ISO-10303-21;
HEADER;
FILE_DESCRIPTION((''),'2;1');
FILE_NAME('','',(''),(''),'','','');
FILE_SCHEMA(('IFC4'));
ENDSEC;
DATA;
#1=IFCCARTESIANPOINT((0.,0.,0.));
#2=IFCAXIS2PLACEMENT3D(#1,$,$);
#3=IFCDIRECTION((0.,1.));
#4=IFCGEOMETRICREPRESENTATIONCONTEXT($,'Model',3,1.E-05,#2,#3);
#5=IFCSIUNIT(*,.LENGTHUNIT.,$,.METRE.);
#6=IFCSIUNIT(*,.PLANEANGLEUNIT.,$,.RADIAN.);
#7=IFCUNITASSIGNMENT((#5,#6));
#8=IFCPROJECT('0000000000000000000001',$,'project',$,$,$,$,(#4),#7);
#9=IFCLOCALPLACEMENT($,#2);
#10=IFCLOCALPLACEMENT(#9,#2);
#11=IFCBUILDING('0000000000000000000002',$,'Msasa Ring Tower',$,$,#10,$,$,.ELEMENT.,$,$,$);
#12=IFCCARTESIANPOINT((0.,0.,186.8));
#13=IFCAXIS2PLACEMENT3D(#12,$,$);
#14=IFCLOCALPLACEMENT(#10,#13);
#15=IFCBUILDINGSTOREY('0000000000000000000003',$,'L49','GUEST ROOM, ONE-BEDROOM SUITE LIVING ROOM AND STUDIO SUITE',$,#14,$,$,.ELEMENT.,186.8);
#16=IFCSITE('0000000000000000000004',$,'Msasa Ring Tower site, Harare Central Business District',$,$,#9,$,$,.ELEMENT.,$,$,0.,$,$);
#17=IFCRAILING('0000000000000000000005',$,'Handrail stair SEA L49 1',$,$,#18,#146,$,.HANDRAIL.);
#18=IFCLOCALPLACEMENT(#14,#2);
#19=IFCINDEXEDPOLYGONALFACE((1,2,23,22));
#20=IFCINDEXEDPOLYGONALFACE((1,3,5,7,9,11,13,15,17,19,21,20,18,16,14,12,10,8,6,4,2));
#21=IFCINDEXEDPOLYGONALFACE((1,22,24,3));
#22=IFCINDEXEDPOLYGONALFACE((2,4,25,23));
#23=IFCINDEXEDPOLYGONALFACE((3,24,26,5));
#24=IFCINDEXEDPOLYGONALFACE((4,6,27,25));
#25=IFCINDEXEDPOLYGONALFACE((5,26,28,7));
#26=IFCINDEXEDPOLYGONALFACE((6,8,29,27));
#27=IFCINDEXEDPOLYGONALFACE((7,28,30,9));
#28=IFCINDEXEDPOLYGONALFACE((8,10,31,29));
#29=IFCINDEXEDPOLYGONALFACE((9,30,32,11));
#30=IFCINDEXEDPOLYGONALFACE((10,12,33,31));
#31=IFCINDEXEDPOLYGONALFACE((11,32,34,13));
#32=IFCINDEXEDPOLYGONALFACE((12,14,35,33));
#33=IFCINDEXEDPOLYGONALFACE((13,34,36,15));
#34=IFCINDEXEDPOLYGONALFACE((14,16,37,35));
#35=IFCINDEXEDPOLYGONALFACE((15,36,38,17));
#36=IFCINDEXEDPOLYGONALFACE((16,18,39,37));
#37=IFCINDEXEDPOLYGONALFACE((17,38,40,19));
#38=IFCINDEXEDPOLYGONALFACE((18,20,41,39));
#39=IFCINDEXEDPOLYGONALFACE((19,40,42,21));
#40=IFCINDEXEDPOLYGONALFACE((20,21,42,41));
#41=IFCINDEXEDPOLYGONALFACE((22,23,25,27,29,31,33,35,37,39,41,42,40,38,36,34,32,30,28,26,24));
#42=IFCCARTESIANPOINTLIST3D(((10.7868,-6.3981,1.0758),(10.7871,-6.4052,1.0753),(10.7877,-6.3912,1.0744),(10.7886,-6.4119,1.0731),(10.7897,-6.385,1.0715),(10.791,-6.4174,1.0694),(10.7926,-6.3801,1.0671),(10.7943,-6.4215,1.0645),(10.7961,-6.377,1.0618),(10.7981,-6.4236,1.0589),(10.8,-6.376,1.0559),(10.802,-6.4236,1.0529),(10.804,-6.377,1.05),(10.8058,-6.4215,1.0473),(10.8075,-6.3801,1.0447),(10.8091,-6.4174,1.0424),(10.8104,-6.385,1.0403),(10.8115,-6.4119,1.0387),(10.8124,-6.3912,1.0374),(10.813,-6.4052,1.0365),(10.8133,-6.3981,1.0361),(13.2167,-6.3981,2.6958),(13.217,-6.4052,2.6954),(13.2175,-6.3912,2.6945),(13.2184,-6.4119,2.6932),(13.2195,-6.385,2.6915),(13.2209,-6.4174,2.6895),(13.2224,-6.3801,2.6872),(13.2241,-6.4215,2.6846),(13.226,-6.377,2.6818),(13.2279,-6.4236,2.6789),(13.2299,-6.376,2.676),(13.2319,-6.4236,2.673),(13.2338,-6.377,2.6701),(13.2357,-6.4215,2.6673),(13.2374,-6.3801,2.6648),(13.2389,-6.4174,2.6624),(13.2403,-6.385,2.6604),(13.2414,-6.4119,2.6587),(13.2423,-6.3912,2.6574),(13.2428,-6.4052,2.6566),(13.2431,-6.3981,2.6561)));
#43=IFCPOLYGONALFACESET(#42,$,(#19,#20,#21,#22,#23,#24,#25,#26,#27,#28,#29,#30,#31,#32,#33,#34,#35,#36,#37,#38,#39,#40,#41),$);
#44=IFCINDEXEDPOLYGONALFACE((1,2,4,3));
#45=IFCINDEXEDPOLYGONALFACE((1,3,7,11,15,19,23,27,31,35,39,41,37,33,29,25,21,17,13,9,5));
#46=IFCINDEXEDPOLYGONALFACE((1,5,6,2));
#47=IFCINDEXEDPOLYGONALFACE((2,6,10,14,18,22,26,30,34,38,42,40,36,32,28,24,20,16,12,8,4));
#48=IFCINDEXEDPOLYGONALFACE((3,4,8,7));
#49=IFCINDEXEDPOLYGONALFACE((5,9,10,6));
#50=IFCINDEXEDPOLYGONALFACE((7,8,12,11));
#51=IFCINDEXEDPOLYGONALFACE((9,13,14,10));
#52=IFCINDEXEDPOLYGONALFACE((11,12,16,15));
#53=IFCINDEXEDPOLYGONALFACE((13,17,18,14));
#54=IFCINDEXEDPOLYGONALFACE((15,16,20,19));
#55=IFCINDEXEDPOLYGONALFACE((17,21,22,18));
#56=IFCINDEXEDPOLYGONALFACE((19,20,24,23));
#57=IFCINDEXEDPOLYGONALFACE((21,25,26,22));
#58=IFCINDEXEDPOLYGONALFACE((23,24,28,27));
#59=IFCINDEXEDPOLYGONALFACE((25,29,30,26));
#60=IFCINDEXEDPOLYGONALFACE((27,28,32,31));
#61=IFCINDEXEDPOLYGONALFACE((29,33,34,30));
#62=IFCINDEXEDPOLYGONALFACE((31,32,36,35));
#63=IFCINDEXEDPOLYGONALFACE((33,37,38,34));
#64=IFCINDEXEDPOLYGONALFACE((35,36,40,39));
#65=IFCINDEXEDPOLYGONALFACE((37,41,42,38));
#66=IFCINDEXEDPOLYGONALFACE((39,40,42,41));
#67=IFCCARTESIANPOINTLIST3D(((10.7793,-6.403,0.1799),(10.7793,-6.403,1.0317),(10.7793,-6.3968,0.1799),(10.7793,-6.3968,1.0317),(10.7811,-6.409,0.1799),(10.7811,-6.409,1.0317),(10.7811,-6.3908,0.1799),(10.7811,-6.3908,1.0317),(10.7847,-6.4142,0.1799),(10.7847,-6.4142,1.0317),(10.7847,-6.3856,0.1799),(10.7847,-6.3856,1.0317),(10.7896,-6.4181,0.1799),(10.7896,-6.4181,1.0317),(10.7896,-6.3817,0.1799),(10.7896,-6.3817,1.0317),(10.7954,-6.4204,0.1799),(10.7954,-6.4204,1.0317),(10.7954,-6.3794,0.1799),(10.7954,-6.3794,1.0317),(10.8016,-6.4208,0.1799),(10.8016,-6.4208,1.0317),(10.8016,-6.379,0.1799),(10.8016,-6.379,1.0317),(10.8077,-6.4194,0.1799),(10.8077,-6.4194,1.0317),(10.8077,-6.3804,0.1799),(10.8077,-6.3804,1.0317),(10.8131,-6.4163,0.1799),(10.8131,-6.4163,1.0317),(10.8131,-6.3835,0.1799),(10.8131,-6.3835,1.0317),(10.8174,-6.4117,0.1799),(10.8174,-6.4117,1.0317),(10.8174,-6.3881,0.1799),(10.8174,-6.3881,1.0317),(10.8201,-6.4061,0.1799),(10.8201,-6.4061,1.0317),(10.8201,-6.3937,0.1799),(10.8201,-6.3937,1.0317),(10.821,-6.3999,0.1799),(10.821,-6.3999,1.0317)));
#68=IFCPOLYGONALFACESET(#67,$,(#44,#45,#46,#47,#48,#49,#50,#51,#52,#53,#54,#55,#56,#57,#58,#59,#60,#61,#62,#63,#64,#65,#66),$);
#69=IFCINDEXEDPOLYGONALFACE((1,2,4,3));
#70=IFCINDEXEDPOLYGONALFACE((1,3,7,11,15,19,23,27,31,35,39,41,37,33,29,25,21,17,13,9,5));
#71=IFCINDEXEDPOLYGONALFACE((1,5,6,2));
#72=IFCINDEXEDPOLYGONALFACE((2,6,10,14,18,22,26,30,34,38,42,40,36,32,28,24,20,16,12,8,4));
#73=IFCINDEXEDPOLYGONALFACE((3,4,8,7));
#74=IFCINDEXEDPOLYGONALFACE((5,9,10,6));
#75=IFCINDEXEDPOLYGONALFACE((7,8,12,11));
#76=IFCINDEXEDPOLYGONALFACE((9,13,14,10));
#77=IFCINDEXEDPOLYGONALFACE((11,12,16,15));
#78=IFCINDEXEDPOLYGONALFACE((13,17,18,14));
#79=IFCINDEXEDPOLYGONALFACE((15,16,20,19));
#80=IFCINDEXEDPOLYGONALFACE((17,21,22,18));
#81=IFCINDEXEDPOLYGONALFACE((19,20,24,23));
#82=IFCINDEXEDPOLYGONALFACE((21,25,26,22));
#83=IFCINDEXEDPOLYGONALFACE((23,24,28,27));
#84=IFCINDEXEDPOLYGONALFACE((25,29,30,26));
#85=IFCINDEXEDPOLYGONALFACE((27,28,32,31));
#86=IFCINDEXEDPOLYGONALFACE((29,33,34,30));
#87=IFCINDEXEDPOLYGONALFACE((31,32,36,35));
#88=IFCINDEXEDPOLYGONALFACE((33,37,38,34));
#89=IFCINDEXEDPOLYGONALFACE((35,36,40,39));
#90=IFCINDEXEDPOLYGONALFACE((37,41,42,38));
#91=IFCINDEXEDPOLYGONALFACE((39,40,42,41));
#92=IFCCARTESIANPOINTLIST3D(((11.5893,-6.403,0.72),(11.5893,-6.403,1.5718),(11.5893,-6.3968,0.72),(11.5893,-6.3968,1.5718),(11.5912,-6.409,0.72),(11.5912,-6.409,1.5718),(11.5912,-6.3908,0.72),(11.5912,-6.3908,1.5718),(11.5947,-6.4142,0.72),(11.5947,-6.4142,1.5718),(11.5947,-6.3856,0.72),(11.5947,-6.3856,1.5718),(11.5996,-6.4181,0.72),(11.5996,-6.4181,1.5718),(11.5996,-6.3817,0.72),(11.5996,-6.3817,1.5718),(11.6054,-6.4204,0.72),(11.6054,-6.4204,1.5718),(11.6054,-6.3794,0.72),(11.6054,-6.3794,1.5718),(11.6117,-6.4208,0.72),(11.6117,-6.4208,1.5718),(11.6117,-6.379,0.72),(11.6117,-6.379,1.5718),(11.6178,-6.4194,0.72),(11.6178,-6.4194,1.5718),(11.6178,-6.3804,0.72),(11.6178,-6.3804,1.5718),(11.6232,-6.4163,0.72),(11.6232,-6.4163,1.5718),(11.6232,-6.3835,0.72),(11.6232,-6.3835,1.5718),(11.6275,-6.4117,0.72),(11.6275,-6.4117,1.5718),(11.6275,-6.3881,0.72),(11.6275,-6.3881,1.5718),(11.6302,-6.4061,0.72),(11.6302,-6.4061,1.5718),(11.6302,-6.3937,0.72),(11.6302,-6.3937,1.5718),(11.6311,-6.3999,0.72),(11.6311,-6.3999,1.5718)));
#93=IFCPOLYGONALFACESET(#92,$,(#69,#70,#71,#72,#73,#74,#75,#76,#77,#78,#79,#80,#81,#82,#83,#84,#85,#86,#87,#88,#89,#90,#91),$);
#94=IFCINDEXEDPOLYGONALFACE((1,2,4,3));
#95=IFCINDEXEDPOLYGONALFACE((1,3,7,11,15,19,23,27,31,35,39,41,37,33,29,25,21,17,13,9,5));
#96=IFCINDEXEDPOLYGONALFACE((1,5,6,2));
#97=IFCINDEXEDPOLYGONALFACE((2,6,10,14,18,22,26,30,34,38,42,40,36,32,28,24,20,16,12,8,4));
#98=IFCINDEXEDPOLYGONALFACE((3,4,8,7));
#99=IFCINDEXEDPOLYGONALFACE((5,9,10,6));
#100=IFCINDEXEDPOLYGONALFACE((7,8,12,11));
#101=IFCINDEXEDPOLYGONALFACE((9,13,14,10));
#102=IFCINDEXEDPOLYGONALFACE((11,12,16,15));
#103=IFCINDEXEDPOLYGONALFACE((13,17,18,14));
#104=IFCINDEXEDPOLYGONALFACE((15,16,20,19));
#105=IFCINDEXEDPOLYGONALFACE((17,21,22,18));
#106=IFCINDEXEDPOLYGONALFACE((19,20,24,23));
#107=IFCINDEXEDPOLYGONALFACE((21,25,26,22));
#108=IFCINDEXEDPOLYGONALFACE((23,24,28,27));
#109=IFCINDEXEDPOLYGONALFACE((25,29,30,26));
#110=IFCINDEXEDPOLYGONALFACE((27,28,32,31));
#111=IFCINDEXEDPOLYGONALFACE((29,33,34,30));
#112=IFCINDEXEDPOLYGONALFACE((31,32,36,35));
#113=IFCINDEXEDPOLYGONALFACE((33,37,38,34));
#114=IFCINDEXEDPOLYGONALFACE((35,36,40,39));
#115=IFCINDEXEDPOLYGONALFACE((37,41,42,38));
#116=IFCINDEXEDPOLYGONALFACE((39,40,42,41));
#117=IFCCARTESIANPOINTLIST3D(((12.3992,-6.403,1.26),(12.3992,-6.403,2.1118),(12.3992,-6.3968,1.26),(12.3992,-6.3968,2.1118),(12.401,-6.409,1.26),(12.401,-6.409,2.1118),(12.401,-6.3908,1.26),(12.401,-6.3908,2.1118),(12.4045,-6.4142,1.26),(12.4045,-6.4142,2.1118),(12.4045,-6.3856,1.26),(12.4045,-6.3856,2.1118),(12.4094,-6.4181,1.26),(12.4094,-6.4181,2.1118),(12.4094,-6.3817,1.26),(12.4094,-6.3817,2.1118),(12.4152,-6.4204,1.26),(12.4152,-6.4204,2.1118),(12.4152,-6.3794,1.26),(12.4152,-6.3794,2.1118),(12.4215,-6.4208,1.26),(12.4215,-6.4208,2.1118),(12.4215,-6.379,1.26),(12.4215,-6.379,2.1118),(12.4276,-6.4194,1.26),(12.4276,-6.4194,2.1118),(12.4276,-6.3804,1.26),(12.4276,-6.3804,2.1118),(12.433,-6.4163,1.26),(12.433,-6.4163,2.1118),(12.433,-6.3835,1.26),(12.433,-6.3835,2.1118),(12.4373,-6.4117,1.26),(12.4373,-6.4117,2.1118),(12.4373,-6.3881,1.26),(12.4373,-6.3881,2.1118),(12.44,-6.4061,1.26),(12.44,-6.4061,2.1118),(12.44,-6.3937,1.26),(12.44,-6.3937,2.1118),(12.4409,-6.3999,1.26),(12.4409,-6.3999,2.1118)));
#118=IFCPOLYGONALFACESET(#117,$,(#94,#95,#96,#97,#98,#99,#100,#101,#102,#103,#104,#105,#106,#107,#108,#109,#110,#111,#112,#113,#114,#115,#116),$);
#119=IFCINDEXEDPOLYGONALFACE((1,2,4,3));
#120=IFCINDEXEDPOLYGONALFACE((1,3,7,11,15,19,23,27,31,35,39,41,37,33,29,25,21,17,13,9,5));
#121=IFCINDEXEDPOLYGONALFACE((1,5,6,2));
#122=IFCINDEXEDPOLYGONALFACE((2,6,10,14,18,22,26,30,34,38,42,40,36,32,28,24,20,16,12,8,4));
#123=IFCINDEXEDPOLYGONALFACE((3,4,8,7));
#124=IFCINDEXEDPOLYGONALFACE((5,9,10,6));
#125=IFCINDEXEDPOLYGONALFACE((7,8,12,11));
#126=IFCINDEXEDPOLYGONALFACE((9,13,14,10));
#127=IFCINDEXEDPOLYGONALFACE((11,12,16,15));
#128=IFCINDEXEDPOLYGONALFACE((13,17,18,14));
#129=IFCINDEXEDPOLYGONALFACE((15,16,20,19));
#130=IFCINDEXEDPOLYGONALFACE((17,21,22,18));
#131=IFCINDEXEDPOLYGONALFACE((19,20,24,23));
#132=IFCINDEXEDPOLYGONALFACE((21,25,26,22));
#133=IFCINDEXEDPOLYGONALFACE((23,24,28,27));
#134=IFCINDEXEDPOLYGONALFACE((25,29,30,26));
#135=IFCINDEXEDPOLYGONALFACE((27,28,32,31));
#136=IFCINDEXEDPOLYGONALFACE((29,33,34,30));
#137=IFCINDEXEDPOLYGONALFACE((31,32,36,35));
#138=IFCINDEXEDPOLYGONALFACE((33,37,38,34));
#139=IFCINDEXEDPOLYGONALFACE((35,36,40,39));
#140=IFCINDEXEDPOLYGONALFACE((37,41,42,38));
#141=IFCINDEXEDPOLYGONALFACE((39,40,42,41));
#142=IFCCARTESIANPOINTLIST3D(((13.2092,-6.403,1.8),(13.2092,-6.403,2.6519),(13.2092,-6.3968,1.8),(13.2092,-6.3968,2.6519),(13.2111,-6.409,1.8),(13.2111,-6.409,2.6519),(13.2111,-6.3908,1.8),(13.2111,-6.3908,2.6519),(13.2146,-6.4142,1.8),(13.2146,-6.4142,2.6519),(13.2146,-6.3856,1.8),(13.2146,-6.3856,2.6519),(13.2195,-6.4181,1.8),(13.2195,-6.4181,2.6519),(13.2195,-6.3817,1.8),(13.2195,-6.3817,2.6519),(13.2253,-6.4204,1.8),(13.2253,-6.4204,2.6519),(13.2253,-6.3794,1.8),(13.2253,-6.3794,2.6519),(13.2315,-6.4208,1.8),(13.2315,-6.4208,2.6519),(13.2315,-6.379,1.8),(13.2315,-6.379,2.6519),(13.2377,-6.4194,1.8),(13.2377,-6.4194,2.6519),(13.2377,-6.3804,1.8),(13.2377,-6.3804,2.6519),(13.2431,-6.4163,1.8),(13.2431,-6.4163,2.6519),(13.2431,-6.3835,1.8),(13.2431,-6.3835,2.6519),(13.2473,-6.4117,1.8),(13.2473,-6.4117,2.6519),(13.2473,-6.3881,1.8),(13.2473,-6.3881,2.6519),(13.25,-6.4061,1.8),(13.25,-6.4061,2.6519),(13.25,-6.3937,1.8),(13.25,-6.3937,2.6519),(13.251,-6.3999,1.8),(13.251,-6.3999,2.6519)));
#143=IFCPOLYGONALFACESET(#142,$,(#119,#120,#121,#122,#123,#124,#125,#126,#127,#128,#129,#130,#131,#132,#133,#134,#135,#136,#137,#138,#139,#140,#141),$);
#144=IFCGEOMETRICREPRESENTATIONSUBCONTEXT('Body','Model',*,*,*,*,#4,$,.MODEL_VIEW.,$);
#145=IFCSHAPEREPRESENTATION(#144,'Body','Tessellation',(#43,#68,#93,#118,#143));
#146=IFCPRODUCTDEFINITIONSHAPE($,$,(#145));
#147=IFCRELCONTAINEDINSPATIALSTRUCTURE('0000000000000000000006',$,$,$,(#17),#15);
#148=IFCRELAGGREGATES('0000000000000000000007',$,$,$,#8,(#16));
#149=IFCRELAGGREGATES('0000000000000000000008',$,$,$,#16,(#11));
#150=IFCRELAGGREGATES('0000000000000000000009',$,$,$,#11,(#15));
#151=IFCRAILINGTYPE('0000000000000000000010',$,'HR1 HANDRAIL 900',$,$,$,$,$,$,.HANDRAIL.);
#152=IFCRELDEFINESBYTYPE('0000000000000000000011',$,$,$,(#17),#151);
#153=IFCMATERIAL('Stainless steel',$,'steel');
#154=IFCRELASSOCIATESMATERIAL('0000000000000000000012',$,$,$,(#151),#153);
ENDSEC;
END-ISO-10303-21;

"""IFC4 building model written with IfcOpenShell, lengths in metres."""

from ifc_helpers import new_model, si_unit, direction, frame, origin, origin_2d, place, context, subcontext, project, spatial, circle, extrude, material, type_object, element, save


model = new_model("IFC4")

# Units and contexts
model_context = context("Model", 3, precision=1e-05, world=origin(), true_north=direction((0.0, 1.0)))
body_context = subcontext(model_context, "Body", "Model", "MODEL_VIEW")
ifc_project = project(units=[si_unit("LENGTHUNIT", "METRE"), si_unit("PLANEANGLEUNIT", "RADIAN")], contexts=[model_context])

# Site, building, storey
site_placement = place(None, origin())
site = spatial("IfcSite", under=ifc_project, at=site_placement, Name="Msasa Ring Tower site, Harare Central Business District", CompositionType="ELEMENT", RefElevation=0.0)
building_placement = place(site_placement, origin())
building = spatial("IfcBuilding", under=site, at=building_placement, Name="Msasa Ring Tower", CompositionType="ELEMENT")
storey_placement = place(building_placement, frame((0.0, 0.0, 186.8)))
storey = spatial("IfcBuildingStorey", under=building, at=storey_placement, Name="L49", Description="GUEST ROOM, ONE-BEDROOM SUITE LIVING ROOM AND STUDIO SUITE", CompositionType="ELEMENT", Elevation=186.8)

# Railing
ifc_material_1 = material(Name="Stainless steel", Category="steel")
railing_type = type_object("IfcRailingType", Name="HR1 HANDRAIL 900", PredefinedType="HANDRAIL", material=ifc_material_1)
for number, where, name in (
    (1, (10.8, -6.3999, 0.1799), "Handrail stair SEA L49 1"),
):
    element("IfcRailing", number, at=place(storey_placement, frame(where)), inside=storey, type_object=railing_type, Name=name, PredefinedType="HANDRAIL", context=body_context, shape_type="SweptSolid", body=[
        extrude(circle(Radius=0.0239, at=origin_2d()), frame((0.0, 0.0, 0.876), z_axis=(0.832025, 0.0, 0.554739), x_axis=(0.0, 1.0, 0.0)), (0.0, 0.0, 1.0), 2.9204),
        extrude(circle(Radius=0.021, at=origin_2d()), origin(), (0.0, 0.0, 1.0), 0.8518),
        extrude(circle(Radius=0.021, at=origin_2d()), frame((0.8101, 0.0, 0.54)), (0.0, 0.0, 1.0), 0.8518),
        extrude(circle(Radius=0.021, at=origin_2d()), frame((1.6199, 0.0, 1.0801)), (0.0, 0.0, 1.0), 0.8518),
        extrude(circle(Radius=0.021, at=origin_2d()), frame((2.4299, 0.0, 1.6201)), (0.0, 0.0, 1.0), 0.8518),
    ])

save(model, "model.ifc")
